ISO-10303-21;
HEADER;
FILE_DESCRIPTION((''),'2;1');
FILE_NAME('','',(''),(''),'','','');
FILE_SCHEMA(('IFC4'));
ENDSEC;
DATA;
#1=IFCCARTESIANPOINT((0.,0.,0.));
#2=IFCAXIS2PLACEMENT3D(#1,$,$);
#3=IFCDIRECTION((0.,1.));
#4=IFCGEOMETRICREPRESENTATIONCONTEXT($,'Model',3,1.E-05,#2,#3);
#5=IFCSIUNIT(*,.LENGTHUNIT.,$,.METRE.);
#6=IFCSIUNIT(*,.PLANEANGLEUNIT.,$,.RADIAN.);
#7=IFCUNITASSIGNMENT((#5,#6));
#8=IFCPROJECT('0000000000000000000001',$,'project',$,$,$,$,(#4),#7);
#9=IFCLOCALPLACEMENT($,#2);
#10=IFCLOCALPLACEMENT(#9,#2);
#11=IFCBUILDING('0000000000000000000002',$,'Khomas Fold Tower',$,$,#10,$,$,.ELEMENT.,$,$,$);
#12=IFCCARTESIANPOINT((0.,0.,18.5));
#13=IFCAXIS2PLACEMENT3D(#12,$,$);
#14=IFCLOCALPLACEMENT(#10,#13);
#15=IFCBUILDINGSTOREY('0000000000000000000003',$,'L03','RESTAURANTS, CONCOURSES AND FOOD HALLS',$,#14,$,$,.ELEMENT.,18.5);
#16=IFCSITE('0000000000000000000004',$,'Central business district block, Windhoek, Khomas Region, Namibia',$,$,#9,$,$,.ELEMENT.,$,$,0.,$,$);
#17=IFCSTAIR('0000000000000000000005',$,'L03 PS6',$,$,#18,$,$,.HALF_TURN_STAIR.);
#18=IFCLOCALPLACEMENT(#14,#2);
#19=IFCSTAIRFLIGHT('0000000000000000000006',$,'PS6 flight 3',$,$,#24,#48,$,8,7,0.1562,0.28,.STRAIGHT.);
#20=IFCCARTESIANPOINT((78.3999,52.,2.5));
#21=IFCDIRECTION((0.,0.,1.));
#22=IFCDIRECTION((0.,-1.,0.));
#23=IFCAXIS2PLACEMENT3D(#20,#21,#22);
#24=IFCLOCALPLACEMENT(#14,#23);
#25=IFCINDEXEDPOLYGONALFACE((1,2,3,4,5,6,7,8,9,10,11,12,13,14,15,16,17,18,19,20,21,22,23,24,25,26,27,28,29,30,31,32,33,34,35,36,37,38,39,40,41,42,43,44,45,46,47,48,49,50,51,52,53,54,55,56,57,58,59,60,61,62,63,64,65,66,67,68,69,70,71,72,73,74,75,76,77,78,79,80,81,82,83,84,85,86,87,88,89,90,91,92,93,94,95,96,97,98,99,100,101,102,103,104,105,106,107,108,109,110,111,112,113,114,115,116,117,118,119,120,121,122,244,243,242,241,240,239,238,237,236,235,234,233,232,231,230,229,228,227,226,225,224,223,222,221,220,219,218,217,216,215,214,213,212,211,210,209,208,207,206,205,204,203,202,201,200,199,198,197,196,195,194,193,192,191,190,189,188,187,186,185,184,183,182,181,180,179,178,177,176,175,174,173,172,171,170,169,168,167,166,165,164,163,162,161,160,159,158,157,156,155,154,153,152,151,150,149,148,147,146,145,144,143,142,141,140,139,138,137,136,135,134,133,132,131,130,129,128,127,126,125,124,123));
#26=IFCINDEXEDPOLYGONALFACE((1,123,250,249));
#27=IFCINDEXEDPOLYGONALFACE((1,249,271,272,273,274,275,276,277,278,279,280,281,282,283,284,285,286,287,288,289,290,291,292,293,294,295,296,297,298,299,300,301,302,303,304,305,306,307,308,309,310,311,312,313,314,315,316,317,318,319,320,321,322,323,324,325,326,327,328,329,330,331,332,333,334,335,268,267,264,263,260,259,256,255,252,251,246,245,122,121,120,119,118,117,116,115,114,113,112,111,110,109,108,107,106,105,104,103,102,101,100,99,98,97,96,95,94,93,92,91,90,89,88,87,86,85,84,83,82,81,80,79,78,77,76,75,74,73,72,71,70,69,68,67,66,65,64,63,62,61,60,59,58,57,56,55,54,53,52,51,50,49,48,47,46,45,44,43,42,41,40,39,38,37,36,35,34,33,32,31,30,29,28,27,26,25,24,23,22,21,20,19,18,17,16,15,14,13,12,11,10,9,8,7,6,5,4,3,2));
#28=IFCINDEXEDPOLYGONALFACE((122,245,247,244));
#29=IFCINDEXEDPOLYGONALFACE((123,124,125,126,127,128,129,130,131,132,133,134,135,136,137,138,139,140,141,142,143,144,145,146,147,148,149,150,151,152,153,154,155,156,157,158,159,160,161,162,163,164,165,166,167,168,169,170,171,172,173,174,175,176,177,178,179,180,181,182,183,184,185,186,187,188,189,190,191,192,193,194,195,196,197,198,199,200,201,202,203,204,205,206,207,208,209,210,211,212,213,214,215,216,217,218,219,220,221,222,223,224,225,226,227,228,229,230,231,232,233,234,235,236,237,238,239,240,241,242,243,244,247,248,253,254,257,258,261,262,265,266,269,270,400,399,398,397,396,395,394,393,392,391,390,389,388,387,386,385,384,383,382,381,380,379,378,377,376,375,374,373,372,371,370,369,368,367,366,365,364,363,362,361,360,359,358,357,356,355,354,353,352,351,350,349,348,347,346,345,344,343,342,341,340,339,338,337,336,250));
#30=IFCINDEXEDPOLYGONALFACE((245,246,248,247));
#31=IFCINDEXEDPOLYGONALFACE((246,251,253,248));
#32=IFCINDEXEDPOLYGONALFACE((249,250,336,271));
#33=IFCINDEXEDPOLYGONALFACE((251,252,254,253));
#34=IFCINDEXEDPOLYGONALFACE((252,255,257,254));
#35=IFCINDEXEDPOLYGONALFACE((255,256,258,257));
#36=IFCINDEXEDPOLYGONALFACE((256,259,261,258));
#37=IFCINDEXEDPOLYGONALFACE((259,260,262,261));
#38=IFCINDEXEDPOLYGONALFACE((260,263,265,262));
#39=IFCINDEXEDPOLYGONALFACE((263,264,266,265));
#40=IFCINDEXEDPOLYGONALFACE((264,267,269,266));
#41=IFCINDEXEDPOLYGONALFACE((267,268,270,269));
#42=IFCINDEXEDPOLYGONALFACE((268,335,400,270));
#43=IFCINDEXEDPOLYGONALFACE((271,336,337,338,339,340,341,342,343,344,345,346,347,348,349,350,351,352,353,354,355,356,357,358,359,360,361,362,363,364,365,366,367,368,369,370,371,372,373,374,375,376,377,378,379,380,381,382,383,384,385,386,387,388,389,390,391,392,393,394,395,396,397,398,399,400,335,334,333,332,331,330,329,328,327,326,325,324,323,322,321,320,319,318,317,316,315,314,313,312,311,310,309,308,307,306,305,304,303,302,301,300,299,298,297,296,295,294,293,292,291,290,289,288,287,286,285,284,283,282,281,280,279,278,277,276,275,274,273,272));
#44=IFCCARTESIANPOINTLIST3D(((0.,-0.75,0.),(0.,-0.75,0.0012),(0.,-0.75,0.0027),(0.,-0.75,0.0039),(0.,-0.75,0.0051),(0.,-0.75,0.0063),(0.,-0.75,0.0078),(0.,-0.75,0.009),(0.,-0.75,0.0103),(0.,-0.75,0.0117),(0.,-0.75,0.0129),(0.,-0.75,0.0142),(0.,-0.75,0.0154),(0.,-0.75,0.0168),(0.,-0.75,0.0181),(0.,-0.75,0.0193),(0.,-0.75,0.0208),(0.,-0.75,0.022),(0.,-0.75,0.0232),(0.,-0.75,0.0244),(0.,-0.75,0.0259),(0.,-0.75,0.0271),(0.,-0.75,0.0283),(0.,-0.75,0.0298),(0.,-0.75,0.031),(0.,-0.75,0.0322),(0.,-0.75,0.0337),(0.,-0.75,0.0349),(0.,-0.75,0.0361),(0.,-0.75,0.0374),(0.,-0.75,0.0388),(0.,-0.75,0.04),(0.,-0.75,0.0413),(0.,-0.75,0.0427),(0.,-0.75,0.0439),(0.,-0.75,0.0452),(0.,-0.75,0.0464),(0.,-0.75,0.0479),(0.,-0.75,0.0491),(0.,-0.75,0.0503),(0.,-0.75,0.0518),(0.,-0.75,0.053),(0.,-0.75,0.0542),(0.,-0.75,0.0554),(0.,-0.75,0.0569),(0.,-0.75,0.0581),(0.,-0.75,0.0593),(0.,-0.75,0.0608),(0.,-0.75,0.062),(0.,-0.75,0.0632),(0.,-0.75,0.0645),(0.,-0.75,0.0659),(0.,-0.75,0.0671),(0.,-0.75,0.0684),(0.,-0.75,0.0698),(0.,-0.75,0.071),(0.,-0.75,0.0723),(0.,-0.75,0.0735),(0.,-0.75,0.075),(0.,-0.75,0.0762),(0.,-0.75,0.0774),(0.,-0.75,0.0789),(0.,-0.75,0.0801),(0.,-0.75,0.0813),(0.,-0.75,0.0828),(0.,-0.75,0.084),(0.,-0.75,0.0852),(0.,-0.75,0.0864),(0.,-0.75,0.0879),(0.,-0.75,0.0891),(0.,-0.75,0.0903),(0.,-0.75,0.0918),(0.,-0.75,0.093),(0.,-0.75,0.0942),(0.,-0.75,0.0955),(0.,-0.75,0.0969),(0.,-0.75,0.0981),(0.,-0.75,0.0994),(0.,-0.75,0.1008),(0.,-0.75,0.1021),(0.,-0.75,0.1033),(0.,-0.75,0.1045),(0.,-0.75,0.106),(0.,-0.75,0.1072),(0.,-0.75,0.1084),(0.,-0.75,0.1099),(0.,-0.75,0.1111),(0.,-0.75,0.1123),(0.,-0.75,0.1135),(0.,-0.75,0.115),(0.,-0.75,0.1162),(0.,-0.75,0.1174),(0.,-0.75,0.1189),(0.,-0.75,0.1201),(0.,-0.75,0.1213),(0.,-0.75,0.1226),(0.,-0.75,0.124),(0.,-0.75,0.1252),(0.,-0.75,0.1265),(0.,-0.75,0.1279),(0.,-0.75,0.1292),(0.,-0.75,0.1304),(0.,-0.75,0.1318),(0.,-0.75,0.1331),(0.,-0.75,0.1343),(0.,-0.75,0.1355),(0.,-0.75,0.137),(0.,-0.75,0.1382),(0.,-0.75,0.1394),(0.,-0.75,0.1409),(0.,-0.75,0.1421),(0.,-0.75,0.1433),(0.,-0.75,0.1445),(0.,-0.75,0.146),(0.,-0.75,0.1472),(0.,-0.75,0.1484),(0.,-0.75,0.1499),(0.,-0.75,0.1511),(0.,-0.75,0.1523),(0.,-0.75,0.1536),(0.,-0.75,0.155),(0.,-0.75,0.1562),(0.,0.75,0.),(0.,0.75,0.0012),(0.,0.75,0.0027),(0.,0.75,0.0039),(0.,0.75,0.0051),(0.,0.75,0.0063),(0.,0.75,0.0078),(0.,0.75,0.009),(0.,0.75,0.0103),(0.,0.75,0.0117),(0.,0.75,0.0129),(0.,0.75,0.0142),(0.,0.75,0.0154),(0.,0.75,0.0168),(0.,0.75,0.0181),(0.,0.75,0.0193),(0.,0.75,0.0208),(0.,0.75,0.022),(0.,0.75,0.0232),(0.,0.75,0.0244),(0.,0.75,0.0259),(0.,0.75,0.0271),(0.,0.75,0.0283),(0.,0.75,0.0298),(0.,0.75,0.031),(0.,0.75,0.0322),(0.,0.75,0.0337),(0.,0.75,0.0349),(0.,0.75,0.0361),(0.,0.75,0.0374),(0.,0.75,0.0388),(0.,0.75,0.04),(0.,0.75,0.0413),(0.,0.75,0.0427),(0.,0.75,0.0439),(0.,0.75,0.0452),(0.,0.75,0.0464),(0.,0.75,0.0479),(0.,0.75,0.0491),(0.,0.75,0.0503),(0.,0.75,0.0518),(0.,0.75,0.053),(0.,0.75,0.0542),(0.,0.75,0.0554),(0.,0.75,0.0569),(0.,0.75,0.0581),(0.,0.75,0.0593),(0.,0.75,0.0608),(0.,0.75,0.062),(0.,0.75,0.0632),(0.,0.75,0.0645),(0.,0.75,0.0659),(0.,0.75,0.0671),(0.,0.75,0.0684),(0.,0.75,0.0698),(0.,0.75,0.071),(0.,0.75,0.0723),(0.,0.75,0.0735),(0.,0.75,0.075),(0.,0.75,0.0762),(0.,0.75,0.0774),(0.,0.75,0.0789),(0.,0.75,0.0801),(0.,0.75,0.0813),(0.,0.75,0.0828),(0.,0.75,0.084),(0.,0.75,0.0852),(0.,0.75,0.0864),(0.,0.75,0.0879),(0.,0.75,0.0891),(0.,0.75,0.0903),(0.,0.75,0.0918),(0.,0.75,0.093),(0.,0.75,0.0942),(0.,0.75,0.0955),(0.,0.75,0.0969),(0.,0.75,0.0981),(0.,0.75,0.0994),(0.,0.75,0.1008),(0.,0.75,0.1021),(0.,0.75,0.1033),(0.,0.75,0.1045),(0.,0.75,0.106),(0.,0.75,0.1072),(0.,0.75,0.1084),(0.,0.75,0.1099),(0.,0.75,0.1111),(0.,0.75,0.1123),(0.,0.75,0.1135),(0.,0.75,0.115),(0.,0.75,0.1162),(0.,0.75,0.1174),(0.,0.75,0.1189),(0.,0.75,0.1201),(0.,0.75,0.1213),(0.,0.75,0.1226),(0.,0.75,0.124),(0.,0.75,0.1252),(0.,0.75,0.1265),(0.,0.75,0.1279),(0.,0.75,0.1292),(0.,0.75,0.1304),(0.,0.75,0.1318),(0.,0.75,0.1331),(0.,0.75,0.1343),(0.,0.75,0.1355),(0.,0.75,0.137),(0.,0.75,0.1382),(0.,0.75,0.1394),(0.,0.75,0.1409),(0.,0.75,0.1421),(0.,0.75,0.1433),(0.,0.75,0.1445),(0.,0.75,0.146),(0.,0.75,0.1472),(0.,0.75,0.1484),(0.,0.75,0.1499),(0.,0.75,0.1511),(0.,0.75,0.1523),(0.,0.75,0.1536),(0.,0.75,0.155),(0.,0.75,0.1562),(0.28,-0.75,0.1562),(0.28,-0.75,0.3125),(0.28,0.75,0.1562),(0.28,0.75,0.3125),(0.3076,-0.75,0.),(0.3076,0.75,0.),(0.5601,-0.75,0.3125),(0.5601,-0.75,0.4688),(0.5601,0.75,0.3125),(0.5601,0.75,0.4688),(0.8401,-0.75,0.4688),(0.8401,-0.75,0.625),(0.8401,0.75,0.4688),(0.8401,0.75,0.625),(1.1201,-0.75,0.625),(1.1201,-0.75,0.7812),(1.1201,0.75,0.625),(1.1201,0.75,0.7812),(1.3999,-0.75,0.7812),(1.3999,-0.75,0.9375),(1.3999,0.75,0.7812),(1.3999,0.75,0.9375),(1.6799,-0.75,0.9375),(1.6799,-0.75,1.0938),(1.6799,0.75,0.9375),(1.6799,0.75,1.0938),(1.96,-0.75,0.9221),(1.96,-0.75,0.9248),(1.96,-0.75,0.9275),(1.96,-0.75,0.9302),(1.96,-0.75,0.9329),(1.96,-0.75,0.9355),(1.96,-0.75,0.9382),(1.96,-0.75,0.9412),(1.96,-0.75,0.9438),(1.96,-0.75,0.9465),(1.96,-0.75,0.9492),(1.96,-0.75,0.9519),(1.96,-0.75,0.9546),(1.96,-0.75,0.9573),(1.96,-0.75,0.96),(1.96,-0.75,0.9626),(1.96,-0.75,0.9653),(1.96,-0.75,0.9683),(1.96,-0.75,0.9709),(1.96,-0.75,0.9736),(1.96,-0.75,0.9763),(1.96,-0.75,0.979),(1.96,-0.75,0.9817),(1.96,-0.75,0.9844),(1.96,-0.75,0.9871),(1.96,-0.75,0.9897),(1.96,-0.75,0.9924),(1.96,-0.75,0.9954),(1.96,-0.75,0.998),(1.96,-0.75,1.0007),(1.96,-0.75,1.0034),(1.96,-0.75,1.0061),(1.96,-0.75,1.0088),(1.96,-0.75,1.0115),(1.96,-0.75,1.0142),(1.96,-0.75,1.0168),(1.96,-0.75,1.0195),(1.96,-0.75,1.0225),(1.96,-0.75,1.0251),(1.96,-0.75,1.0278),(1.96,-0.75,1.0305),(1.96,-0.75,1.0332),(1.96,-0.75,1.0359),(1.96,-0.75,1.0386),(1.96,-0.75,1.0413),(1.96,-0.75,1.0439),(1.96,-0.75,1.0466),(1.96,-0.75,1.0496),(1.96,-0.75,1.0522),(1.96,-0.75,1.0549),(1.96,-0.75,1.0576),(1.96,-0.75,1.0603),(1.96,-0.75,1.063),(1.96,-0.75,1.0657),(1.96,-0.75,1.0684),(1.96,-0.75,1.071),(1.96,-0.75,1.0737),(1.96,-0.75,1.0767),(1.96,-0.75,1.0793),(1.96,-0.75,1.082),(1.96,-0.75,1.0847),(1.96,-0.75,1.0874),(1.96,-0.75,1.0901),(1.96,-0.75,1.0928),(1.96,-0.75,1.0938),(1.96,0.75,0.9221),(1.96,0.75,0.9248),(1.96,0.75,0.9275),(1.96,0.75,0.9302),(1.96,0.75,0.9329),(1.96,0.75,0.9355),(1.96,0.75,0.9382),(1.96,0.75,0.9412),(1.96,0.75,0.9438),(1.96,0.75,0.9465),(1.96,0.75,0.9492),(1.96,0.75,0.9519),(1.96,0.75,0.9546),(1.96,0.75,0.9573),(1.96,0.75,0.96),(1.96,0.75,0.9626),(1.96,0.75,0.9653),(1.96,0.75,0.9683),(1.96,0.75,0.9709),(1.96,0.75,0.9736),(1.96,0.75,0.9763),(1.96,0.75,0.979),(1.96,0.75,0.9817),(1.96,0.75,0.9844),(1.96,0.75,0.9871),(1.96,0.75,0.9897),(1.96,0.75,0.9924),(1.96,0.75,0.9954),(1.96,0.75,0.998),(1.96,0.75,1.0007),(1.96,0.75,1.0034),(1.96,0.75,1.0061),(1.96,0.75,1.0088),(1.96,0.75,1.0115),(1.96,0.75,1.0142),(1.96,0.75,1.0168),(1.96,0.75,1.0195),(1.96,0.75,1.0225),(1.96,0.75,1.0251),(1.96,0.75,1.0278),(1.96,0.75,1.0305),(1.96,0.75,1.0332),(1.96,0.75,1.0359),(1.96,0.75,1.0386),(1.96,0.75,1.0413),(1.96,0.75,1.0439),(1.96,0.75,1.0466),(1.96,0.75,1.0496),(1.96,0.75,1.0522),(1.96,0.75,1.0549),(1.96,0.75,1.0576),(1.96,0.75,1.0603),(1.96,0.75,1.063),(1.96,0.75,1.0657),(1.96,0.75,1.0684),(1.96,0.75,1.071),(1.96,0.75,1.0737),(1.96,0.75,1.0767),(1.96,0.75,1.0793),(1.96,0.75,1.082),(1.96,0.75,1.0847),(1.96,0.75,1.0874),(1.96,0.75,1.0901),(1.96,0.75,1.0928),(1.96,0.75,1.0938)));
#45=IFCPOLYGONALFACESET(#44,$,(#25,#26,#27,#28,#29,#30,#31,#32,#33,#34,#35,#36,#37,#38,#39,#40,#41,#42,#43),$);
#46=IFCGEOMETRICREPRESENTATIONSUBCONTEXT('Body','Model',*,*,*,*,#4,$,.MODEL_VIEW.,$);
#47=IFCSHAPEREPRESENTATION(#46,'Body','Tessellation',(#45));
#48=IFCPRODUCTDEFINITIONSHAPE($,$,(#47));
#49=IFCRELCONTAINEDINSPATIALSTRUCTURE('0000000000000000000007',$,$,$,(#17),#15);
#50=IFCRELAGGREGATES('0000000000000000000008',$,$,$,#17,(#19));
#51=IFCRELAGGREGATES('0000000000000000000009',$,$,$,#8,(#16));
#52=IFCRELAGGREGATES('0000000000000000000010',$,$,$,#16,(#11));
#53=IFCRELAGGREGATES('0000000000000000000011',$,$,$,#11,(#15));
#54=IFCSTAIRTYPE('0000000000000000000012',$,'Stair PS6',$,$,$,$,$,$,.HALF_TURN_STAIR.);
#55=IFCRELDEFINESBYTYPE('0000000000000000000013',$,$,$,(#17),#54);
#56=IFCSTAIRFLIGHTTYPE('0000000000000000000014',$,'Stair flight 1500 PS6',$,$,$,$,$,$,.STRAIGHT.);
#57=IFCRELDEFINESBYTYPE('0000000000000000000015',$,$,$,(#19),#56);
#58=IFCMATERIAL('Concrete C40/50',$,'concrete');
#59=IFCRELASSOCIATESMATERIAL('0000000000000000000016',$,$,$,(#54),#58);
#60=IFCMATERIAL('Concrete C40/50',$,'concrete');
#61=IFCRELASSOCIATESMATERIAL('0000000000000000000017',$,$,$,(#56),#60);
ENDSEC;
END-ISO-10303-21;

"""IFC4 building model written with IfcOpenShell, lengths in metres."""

from ifc_helpers import new_model, si_unit, direction, frame, origin, place, context, subcontext, project, spatial, polyline, outline, extrude, source, transform, mapped, material, type_object, element, aggregate, save


model = new_model("IFC4")

# Units and contexts
model_context = context("Model", 3, precision=1e-05, world=origin(), true_north=direction((0.0, 1.0)))
body_context = subcontext(model_context, "Body", "Model", "MODEL_VIEW")
ifc_project = project(units=[si_unit("LENGTHUNIT", "METRE"), si_unit("PLANEANGLEUNIT", "RADIAN")], contexts=[model_context])

# Site, building, storey
site_placement = place(None, origin())
site = spatial("IfcSite", under=ifc_project, at=site_placement, Name="Central business district block, Windhoek, Khomas Region, Namibia", CompositionType="ELEMENT", RefElevation=0.0)
building_placement = place(site_placement, origin())
building = spatial("IfcBuilding", under=site, at=building_placement, Name="Khomas Fold Tower", CompositionType="ELEMENT")
storey_placement = place(building_placement, frame((0.0, 0.0, 18.5)))
storey = spatial("IfcBuildingStorey", under=building, at=storey_placement, Name="L03", Description="RESTAURANTS, CONCOURSES AND FOOD HALLS", CompositionType="ELEMENT", Elevation=18.5)

# Stair, stair flight
shared_shape_1 = source(origin(), body_context, "Body", "SweptSolid", [
    extrude(outline(polyline([(0.0, 0.0), (0.0, 0.0012), (0.0, 0.0027), (0.0, 0.0039), (0.0, 0.0051), (0.0, 0.0063), (0.0, 0.0078), (0.0, 0.009), (0.0, 0.0103), (0.0, 0.0117), (0.0, 0.0129), (0.0, 0.0142), (0.0, 0.0154), (0.0, 0.0168), (0.0, 0.0181), (0.0, 0.0193), (0.0, 0.0208), (0.0, 0.022), (0.0, 0.0232), (0.0, 0.0244), (0.0, 0.0259), (0.0, 0.0271), (0.0, 0.0283), (0.0, 0.0298), (0.0, 0.031), (0.0, 0.0322), (0.0, 0.0337), (0.0, 0.0349), (0.0, 0.0361), (0.0, 0.0374), (0.0, 0.0388), (0.0, 0.04), (0.0, 0.0413), (0.0, 0.0427), (0.0, 0.0439), (0.0, 0.0452), (0.0, 0.0464), (0.0, 0.0479), (0.0, 0.0491), (0.0, 0.0503), (0.0, 0.0518), (0.0, 0.053), (0.0, 0.0542), (0.0, 0.0554), (0.0, 0.0569), (0.0, 0.0581), (0.0, 0.0593), (0.0, 0.0608), (0.0, 0.062), (0.0, 0.0632), (0.0, 0.0645), (0.0, 0.0659), (0.0, 0.0671), (0.0, 0.0684), (0.0, 0.0698), (0.0, 0.071), (0.0, 0.0723), (0.0, 0.0735), (0.0, 0.075), (0.0, 0.0762), (0.0, 0.0774), (0.0, 0.0789), (0.0, 0.0801), (0.0, 0.0813), (0.0, 0.0828), (0.0, 0.084), (0.0, 0.0852), (0.0, 0.0864), (0.0, 0.0879), (0.0, 0.0891), (0.0, 0.0903), (0.0, 0.0918), (0.0, 0.093), (0.0, 0.0942), (0.0, 0.0955), (0.0, 0.0969), (0.0, 0.0981), (0.0, 0.0994), (0.0, 0.1008), (0.0, 0.1021), (0.0, 0.1033), (0.0, 0.1045), (0.0, 0.106), (0.0, 0.1072), (0.0, 0.1084), (0.0, 0.1099), (0.0, 0.1111), (0.0, 0.1123), (0.0, 0.1135), (0.0, 0.115), (0.0, 0.1162), (0.0, 0.1174), (0.0, 0.1189), (0.0, 0.1201), (0.0, 0.1213), (0.0, 0.1226), (0.0, 0.124), (0.0, 0.1252), (0.0, 0.1265), (0.0, 0.1279), (0.0, 0.1292), (0.0, 0.1304), (0.0, 0.1318), (0.0, 0.1331), (0.0, 0.1343), (0.0, 0.1355), (0.0, 0.137), (0.0, 0.1382), (0.0, 0.1394), (0.0, 0.1409), (0.0, 0.1421), (0.0, 0.1433), (0.0, 0.1445), (0.0, 0.146), (0.0, 0.1472), (0.0, 0.1484), (0.0, 0.1499), (0.0, 0.1511), (0.0, 0.1523), (0.0, 0.1536), (0.0, 0.155), (0.0, 0.1562), (0.28, 0.1562), (0.28, 0.3125), (0.5601, 0.3125), (0.5601, 0.4688), (0.8401, 0.4688), (0.8401, 0.625), (1.1201, 0.625), (1.1201, 0.7812), (1.3999, 0.7812), (1.3999, 0.9375), (1.6799, 0.9375), (1.6799, 1.0938), (1.96, 1.0938), (1.96, 1.25), (1.96, 1.2473), (1.96, 1.2446), (1.96, 1.2419), (1.96, 1.2393), (1.96, 1.2363), (1.96, 1.2336), (1.96, 1.231), (1.96, 1.2283), (1.96, 1.2256), (1.96, 1.2229), (1.96, 1.2202), (1.96, 1.2175), (1.96, 1.2148), (1.96, 1.2122), (1.96, 1.2092), (1.96, 1.2065), (1.96, 1.2039), (1.96, 1.2012), (1.96, 1.1985), (1.96, 1.1958), (1.96, 1.1931), (1.96, 1.1904), (1.96, 1.1877), (1.96, 1.1851), (1.96, 1.1821), (1.96, 1.1794), (1.96, 1.1768), (1.96, 1.1741), (1.96, 1.1714), (1.96, 1.1687), (1.96, 1.166), (1.96, 1.1633), (1.96, 1.1606), (1.96, 1.158), (1.96, 1.155), (1.96, 1.1523), (1.96, 1.1497), (1.96, 1.147), (1.96, 1.1443), (1.96, 1.1416), (1.96, 1.1389), (1.96, 1.1362), (1.96, 1.1335), (1.96, 1.1309), (1.96, 1.1279), (1.96, 1.1252), (1.96, 1.1226), (1.96, 1.1199), (1.96, 1.1172), (1.96, 1.1145), (1.96, 1.1118), (1.96, 1.1091), (1.96, 1.1064), (1.96, 1.1038), (1.96, 1.1008), (1.96, 1.0981), (1.96, 1.0955), (1.96, 1.0928), (1.96, 1.0901), (1.96, 1.0874), (1.96, 1.0847), (1.96, 1.082), (1.96, 1.0793), (1.96, 1.0767), (1.96, 1.0737), (1.96, 1.071), (1.96, 1.0684), (1.96, 1.0657), (1.96, 1.063), (1.96, 1.0603), (1.96, 1.0576), (1.96, 1.0549), (1.96, 1.0522), (1.96, 1.0496), (1.96, 1.0466), (1.96, 1.0439), (1.96, 1.0413), (1.96, 1.0386), (1.96, 1.0359), (1.96, 1.0332), (1.96, 1.0305), (1.96, 1.0278), (1.96, 1.0251), (1.96, 1.0225), (1.96, 1.0195), (1.96, 1.0168), (1.96, 1.0142), (1.96, 1.0115), (1.96, 1.0088), (1.96, 1.0061), (1.96, 1.0034), (1.96, 1.0007), (1.96, 0.998), (1.96, 0.9954), (1.96, 0.9924), (1.96, 0.9897), (1.96, 0.9871), (1.96, 0.9844), (1.96, 0.9817), (1.96, 0.979), (1.96, 0.9763), (1.96, 0.9736), (1.96, 0.9709), (1.96, 0.9683), (1.96, 0.9653), (1.96, 0.9626), (1.96, 0.96), (1.96, 0.9573), (1.96, 0.9546), (1.96, 0.9519), (1.96, 0.9492), (1.96, 0.9465), (1.96, 0.9438), (1.96, 0.9412), (1.96, 0.9382), (1.96, 0.9355), (1.96, 0.9329), (1.96, 0.9302), (1.96, 0.9275), (1.96, 0.9248), (1.96, 0.9221), (0.3076, 0.0), (0.0, 0.0)])), frame((0.0, 0.75, 0.0), z_axis=(0.0, -1.0, 0.0), x_axis=(1.0, 0.0, 0.0)), (0.0, 0.0, 1.0), 1.5),
])
ifc_material_1 = material(Name="Concrete C40/50", Category="concrete")
stair_type_1 = type_object("IfcStairType", Name="Stair PS6", PredefinedType="HALF_TURN_STAIR", material=ifc_material_1)
stair_1_placement = place(storey_placement, origin())
stair_1 = element("IfcStair", 1, at=stair_1_placement, inside=storey, type_object=stair_type_1, Name="L03 PS6", PredefinedType="HALF_TURN_STAIR")
ifc_material_2 = material(Name="Concrete C40/50", Category="concrete")
stair_flight_type_1 = type_object("IfcStairFlightType", Name="Stair flight 1500 PS6", PredefinedType="STRAIGHT", material=ifc_material_2)
stair_flight_1_placement = place(storey_placement, frame((78.3999, 52.0, 2.5), z_axis=(0.0, 0.0, 1.0), x_axis=(0.0, -1.0, 0.0)))
stair_flight_1 = element("IfcStairFlight", 2, at=stair_flight_1_placement, type_object=stair_flight_type_1, Name="PS6 flight 3", NumberOfRisers=8, NumberOfTreads=7, PredefinedType="STRAIGHT", RiserHeight=0.1562, TreadLength=0.28, context=body_context, shape_type="MappedRepresentation", body=[
    mapped(shared_shape_1, transform((0.0, 0.0, 0.0))),
])
aggregate(stair_1, [stair_flight_1])

save(model, "model.ifc")
